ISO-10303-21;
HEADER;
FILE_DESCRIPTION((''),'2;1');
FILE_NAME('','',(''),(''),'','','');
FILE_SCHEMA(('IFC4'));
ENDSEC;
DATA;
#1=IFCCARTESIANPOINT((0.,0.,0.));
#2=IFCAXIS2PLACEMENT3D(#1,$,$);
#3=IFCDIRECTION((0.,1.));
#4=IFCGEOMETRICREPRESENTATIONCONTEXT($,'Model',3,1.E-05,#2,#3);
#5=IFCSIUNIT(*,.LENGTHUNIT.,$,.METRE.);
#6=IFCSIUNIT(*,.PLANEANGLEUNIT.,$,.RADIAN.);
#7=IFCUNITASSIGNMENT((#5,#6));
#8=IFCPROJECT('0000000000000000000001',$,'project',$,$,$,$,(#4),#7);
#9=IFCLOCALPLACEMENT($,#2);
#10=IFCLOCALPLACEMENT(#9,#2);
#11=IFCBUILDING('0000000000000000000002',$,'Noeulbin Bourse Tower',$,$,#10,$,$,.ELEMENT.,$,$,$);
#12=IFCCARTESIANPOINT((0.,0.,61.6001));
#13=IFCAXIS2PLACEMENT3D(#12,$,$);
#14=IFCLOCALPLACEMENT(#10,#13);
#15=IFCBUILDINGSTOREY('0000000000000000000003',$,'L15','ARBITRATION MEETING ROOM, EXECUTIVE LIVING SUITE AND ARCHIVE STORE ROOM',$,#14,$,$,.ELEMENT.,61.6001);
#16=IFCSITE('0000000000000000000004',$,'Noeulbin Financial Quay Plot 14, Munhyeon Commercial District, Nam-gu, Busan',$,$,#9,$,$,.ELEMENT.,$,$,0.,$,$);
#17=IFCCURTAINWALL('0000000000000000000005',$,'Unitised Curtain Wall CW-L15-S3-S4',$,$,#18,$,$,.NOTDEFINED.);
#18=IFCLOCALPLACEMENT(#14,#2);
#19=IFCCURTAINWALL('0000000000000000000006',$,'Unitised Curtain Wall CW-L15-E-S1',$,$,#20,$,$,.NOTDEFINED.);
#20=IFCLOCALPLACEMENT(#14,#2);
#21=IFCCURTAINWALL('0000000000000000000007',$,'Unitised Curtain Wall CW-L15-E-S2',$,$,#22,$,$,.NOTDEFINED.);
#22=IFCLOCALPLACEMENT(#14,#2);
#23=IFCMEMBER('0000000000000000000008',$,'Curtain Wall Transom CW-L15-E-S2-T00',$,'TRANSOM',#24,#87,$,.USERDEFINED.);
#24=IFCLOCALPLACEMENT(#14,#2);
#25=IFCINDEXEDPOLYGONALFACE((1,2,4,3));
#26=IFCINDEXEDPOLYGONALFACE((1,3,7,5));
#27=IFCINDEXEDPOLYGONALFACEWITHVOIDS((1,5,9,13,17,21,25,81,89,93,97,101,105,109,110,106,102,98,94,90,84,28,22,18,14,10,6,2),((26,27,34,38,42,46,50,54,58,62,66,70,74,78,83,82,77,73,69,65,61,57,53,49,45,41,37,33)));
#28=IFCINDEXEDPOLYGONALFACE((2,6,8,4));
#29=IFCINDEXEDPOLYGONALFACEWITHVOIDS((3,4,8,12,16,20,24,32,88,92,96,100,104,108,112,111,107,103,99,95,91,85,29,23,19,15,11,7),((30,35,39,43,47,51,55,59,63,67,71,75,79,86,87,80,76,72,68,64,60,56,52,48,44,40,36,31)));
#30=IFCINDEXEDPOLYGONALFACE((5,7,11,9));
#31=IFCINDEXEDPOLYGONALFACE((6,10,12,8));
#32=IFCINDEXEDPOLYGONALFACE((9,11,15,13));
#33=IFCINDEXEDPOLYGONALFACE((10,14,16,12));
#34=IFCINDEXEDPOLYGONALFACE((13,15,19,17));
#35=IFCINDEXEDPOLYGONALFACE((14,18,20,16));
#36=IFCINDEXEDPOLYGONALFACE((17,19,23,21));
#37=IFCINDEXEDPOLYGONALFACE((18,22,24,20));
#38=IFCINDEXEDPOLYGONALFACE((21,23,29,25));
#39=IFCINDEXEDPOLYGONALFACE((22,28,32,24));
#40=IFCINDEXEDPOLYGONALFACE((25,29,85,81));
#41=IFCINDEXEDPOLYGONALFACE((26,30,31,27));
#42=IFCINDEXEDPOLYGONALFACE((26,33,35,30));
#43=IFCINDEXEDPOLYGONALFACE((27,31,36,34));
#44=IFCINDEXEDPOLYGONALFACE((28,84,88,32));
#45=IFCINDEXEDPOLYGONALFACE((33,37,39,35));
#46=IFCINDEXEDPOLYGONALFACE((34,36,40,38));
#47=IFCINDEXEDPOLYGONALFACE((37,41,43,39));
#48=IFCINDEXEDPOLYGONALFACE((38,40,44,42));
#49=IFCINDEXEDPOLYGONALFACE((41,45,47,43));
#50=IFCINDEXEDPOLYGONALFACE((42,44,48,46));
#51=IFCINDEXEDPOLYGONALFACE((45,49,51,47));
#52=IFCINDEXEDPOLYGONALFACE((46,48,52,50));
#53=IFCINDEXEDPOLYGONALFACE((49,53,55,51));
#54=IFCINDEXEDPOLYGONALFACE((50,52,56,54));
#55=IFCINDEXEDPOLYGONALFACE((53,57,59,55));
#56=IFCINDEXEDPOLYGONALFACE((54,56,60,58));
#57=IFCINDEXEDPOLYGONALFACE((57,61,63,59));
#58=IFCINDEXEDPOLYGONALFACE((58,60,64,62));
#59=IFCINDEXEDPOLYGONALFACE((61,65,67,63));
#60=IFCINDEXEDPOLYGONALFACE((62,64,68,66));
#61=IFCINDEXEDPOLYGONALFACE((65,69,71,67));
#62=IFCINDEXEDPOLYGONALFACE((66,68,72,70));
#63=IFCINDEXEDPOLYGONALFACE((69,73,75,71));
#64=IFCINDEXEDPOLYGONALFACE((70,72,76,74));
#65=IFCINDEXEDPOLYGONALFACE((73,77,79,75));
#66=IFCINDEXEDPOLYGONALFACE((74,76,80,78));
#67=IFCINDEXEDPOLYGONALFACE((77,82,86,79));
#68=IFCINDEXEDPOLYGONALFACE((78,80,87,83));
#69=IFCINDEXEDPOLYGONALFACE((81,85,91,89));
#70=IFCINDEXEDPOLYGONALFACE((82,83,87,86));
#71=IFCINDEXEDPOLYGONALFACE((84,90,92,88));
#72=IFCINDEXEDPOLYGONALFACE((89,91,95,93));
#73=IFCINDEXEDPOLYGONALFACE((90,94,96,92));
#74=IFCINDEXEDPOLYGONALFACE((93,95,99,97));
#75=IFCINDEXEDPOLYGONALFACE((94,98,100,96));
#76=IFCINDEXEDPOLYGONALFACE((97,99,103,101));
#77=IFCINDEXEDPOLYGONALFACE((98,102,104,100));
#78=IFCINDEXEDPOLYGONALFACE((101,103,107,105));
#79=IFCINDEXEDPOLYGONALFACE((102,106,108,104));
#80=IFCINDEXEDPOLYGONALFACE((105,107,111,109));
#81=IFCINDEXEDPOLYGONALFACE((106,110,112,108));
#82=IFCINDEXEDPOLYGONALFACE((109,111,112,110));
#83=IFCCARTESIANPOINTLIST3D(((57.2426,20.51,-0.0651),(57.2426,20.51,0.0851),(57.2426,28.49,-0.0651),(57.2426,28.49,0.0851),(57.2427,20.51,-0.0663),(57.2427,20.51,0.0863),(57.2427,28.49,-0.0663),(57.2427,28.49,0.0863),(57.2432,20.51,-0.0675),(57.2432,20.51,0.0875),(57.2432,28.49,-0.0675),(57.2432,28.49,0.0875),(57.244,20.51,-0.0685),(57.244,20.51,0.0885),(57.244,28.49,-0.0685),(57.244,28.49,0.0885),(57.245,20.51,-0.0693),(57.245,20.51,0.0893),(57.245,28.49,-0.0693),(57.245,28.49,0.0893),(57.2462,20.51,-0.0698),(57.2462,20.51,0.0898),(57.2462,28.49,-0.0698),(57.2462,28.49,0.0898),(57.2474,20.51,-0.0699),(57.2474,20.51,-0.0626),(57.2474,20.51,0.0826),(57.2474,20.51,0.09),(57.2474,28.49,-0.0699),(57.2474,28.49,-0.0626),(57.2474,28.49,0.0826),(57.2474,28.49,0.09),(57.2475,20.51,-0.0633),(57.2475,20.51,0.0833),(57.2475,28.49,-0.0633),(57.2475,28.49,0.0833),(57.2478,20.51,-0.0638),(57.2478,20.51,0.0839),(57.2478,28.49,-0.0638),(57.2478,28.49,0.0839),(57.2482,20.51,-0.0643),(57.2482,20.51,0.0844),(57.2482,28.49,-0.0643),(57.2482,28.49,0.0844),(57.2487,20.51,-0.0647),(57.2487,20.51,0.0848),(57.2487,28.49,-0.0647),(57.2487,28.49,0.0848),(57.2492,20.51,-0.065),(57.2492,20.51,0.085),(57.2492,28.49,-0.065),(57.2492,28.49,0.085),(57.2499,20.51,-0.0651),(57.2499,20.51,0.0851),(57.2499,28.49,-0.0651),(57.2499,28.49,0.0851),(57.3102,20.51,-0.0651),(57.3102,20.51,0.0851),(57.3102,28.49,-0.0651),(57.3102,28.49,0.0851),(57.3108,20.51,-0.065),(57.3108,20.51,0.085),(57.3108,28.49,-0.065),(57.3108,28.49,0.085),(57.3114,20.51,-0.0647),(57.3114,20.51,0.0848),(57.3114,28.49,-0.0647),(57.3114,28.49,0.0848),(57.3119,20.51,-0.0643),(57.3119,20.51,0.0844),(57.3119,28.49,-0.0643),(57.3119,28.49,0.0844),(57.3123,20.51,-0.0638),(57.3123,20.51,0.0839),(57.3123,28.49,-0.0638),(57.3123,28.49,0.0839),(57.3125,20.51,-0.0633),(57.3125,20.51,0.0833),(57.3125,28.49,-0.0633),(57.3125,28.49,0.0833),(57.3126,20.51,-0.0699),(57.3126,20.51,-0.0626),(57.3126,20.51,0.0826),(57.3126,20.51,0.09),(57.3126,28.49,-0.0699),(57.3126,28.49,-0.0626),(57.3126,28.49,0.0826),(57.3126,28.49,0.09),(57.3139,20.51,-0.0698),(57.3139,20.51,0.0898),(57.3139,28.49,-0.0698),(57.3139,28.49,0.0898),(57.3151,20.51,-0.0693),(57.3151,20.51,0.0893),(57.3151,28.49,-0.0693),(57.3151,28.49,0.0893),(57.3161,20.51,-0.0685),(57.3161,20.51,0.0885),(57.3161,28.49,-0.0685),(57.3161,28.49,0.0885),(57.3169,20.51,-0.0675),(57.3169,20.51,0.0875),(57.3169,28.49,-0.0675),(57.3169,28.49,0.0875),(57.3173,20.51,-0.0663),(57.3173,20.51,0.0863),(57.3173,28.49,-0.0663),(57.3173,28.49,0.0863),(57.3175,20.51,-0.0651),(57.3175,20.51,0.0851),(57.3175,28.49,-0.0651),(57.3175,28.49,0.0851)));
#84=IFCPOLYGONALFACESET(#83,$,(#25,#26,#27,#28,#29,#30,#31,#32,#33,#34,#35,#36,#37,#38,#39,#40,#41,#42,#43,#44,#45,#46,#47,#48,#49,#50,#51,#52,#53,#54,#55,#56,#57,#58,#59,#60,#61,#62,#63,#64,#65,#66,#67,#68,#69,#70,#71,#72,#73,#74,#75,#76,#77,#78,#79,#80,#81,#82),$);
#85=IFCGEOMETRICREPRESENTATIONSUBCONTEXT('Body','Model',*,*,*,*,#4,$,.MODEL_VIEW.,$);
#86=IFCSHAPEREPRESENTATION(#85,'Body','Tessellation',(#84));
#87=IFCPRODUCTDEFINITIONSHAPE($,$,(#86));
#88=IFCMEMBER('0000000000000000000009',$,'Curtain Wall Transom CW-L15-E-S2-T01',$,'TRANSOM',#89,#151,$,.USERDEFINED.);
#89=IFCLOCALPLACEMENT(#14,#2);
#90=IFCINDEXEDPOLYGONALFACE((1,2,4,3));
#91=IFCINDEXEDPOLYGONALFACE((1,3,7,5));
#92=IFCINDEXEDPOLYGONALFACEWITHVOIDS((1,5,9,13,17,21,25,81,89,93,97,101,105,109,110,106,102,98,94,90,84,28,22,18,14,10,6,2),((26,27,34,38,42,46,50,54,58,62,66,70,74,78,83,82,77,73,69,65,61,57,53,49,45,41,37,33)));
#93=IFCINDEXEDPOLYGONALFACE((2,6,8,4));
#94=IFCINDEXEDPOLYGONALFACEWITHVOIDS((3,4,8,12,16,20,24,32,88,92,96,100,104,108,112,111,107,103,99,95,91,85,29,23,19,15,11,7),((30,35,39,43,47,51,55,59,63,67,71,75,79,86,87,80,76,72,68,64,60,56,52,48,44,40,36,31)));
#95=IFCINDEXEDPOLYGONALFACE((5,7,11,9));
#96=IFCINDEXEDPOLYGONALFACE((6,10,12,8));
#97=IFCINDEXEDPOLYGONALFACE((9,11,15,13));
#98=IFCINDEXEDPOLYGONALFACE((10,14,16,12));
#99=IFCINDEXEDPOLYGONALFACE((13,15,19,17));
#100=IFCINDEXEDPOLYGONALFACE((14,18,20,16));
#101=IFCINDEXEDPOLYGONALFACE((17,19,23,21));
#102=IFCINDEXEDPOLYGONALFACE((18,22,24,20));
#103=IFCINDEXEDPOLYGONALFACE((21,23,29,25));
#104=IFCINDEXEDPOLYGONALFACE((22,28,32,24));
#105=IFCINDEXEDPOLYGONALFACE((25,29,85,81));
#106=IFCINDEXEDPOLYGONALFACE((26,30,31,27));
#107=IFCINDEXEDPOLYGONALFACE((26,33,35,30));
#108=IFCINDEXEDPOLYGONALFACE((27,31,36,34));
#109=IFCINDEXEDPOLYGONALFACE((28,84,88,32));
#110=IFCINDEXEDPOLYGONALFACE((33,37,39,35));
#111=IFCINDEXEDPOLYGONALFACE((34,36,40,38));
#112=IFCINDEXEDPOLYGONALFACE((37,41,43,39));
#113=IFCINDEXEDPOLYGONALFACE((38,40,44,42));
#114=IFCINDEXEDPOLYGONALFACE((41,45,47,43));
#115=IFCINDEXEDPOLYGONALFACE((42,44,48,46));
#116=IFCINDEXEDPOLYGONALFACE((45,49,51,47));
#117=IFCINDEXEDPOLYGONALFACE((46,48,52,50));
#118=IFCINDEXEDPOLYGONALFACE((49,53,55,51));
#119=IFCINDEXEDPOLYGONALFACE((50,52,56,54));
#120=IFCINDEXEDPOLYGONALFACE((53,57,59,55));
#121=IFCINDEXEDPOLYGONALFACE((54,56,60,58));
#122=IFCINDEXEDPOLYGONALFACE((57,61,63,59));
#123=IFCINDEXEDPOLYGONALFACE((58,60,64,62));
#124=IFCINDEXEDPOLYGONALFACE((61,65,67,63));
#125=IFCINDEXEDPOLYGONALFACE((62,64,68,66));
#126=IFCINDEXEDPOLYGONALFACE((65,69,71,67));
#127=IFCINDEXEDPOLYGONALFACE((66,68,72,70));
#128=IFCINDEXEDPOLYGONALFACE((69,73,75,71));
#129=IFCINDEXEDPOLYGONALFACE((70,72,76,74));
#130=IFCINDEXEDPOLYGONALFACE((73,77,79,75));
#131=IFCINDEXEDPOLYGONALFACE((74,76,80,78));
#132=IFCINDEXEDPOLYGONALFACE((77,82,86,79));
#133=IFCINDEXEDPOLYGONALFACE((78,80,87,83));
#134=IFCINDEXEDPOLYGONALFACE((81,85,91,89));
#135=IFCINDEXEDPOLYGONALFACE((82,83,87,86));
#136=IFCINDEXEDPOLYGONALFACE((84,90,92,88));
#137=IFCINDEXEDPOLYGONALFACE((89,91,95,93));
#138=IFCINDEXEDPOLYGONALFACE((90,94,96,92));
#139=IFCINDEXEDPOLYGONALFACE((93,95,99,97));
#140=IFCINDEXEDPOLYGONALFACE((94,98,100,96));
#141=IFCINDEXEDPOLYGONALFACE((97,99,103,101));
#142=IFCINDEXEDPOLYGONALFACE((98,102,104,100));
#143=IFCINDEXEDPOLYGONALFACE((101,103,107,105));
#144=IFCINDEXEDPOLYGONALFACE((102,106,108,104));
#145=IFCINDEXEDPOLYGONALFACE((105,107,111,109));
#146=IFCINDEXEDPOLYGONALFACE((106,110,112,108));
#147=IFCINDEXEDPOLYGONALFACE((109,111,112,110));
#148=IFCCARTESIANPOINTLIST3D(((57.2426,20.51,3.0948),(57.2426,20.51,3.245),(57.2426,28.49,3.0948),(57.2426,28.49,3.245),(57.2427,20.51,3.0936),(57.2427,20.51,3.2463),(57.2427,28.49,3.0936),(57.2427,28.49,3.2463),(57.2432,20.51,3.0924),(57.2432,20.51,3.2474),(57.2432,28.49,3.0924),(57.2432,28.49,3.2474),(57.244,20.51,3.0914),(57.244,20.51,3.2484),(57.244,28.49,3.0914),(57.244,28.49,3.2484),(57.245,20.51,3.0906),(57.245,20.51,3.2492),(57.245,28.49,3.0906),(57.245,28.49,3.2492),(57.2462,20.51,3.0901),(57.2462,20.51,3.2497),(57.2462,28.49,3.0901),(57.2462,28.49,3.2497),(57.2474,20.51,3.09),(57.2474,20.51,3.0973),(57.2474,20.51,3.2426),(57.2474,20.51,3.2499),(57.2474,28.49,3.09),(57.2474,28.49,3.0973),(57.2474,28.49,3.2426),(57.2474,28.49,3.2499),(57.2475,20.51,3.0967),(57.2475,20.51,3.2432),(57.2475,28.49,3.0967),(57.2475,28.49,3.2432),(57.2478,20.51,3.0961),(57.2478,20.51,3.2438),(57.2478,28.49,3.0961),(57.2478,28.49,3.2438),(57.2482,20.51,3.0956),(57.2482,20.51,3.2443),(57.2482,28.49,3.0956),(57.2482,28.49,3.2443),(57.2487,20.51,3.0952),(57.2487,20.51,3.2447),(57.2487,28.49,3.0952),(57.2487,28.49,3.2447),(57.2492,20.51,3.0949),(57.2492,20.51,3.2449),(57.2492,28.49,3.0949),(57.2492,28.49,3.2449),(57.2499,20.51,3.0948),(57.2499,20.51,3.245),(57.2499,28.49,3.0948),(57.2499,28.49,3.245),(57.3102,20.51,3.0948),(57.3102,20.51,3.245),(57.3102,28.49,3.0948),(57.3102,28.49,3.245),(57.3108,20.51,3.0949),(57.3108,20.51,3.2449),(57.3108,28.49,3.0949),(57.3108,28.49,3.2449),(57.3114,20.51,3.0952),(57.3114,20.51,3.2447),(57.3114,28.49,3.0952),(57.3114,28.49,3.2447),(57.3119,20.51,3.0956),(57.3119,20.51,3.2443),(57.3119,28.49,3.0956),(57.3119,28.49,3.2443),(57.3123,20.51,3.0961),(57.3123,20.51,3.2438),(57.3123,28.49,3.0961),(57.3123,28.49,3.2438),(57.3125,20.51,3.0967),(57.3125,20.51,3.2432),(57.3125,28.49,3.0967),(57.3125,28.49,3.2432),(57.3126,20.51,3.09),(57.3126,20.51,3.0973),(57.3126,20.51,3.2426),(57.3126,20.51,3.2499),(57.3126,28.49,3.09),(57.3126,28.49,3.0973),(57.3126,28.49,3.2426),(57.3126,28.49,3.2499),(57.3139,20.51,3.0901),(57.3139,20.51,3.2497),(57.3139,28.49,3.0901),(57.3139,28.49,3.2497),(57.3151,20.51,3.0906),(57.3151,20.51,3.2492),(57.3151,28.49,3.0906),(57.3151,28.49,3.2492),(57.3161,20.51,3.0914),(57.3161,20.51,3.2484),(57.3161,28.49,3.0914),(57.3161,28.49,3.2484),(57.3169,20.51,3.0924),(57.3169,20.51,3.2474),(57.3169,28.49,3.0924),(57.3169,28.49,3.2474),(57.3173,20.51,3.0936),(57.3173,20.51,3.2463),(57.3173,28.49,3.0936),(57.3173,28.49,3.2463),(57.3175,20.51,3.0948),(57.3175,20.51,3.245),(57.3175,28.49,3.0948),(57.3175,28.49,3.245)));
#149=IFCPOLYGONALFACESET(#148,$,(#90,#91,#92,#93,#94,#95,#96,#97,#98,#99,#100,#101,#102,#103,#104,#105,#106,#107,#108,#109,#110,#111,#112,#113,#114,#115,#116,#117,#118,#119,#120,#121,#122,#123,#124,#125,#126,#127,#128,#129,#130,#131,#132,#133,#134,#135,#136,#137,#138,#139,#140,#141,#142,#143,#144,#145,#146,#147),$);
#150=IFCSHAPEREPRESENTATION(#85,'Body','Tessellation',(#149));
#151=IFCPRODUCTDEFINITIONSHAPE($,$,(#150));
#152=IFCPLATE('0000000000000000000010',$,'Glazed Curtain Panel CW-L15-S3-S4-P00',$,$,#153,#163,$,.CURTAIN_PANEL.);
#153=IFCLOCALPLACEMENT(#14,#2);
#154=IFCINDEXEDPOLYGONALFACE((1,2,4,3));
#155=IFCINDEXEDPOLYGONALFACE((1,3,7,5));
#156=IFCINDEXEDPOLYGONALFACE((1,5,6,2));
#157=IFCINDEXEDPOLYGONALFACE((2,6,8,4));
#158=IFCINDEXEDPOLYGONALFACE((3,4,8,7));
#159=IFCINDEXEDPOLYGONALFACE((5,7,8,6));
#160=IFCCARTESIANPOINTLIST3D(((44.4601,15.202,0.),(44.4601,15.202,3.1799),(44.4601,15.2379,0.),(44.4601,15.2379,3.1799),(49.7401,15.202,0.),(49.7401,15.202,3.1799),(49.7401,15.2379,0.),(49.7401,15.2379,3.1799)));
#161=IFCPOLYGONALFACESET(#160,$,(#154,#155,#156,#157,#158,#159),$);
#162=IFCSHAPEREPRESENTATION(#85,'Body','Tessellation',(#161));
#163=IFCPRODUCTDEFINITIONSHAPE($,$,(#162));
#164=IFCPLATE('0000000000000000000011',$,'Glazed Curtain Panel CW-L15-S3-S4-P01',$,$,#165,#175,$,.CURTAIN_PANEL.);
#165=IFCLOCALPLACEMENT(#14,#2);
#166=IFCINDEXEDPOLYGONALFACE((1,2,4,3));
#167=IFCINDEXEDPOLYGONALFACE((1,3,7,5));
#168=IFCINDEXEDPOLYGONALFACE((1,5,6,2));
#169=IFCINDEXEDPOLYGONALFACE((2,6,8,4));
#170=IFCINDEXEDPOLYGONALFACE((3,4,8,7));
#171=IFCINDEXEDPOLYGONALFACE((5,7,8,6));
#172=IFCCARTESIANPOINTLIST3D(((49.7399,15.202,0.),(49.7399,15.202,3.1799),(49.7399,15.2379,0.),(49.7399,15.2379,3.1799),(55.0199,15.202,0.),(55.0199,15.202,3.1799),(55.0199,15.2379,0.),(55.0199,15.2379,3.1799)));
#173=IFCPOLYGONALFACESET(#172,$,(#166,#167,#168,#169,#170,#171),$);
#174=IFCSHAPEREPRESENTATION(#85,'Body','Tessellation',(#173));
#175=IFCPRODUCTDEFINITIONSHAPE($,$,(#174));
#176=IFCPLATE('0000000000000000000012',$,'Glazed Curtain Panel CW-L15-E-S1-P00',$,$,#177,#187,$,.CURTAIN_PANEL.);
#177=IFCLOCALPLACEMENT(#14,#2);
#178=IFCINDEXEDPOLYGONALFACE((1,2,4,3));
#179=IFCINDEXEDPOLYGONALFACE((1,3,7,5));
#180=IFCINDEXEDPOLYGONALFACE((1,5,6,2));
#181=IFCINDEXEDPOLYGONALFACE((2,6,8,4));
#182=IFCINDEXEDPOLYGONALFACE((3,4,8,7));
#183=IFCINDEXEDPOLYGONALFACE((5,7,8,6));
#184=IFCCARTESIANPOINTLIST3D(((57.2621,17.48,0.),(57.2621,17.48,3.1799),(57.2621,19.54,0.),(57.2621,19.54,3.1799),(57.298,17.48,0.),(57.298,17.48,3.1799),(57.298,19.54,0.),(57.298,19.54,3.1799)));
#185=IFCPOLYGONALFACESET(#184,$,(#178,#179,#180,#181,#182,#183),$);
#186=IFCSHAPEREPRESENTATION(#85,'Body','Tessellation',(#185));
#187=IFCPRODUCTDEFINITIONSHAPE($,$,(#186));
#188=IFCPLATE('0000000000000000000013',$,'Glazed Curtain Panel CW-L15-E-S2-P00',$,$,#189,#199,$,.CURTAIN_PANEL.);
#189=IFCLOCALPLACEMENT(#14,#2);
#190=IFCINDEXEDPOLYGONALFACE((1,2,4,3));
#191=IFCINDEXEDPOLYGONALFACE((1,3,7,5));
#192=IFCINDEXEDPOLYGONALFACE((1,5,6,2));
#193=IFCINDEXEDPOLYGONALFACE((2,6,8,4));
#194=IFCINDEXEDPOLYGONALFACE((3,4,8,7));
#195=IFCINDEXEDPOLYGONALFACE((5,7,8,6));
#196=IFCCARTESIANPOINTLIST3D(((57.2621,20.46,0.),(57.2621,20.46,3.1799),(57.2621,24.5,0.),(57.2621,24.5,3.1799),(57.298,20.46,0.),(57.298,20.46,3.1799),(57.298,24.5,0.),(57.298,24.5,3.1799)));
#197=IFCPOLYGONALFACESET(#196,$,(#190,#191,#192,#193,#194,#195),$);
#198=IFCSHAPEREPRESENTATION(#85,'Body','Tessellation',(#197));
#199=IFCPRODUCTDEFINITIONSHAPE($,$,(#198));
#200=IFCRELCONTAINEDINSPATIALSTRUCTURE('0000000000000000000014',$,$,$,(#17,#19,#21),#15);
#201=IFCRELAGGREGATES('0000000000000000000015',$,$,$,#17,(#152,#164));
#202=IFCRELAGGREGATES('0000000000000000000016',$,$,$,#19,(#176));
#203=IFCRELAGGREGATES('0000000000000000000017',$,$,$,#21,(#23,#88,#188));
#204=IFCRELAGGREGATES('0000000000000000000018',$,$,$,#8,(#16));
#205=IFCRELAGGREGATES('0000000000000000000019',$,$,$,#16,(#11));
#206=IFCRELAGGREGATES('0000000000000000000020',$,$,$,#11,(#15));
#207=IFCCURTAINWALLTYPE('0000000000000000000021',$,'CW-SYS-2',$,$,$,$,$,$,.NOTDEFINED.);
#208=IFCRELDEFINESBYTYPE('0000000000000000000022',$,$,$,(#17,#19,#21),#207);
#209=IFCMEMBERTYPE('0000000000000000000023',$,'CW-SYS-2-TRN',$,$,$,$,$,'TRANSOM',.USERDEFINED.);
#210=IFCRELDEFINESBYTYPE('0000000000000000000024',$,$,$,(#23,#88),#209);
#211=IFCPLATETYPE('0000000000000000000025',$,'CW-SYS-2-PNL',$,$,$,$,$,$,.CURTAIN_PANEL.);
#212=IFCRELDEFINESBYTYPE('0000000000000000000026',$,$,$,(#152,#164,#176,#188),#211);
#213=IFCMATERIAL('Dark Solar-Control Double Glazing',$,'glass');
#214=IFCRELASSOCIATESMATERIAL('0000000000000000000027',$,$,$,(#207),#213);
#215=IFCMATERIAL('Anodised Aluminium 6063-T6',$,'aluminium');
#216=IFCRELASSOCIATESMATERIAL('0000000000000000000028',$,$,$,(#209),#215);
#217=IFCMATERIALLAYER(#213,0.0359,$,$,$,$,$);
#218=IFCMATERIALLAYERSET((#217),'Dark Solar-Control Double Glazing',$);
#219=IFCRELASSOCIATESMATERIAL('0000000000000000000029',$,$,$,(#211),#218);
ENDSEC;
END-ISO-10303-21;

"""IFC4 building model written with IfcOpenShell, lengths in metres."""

from ifc_helpers import new_model, si_unit, direction, frame, origin, origin_2d, place, context, subcontext, project, spatial, rectangle, hollow_rectangle, extrude, material, layer, layer_set, material_profile, profile_set, type_object, element, aggregate, save


model = new_model("IFC4")

# Units and contexts
model_context = context("Model", 3, precision=1e-05, world=origin(), true_north=direction((0.0, 1.0)))
body_context = subcontext(model_context, "Body", "Model", "MODEL_VIEW")
ifc_project = project(units=[si_unit("LENGTHUNIT", "METRE"), si_unit("PLANEANGLEUNIT", "RADIAN")], contexts=[model_context])

# Site, building, storey
site_placement = place(None, origin())
site = spatial("IfcSite", under=ifc_project, at=site_placement, Name="Noeulbin Financial Quay Plot 14, Munhyeon Commercial District, Nam-gu, Busan", CompositionType="ELEMENT", RefElevation=0.0)
building_placement = place(site_placement, origin())
building = spatial("IfcBuilding", under=site, at=building_placement, Name="Noeulbin Bourse Tower", CompositionType="ELEMENT")
storey_placement = place(building_placement, frame((0.0, 0.0, 61.6001)))
storey = spatial("IfcBuildingStorey", under=building, at=storey_placement, Name="L15", Description="ARBITRATION MEETING ROOM, EXECUTIVE LIVING SUITE AND ARCHIVE STORE ROOM", CompositionType="ELEMENT", Elevation=61.6001)

# Curtain walls
ifc_material_1 = material(Name="Dark Solar-Control Double Glazing", Category="glass")
curtain_wall_type = type_object("IfcCurtainWallType", Name="CW-SYS-2", PredefinedType="NOTDEFINED", material=ifc_material_1)
curtain_wall_1_placement = place(storey_placement, origin())
curtain_wall_1 = element("IfcCurtainWall", 1, at=curtain_wall_1_placement, inside=storey, type_object=curtain_wall_type, Name="Unitised Curtain Wall CW-L15-S3-S4", PredefinedType="NOTDEFINED")
ifc_material_2 = material(Name="Anodised Aluminium 6063-T6", Category="aluminium")
curtain_wall_2_placement = place(storey_placement, origin())
curtain_wall_2 = element("IfcCurtainWall", 2, at=curtain_wall_2_placement, inside=storey, type_object=curtain_wall_type, Name="Unitised Curtain Wall CW-L15-E-S1", PredefinedType="NOTDEFINED")
curtain_wall_3_placement = place(storey_placement, origin())
curtain_wall_3 = element("IfcCurtainWall", 3, at=curtain_wall_3_placement, inside=storey, type_object=curtain_wall_type, Name="Unitised Curtain Wall CW-L15-E-S2", PredefinedType="NOTDEFINED")

# Members
ifc_material_profile_1 = material_profile(ifc_material_2, hollow_rectangle(XDim=0.075, YDim=0.1599, WallThickness=0.0049, InnerFilletRadius=0.0024, OuterFilletRadius=0.0049, at=origin_2d()), Name="ALU-TRAN-75x160x5", Category="LoadBearing")
ifc_profile_set_1 = profile_set([ifc_material_profile_1], Name="Anodised Aluminium 6063-T6")
member_type_1 = type_object("IfcMemberType", Name="CW-SYS-2-TRN", ElementType="TRANSOM", PredefinedType="USERDEFINED", material=ifc_profile_set_1)
member_1_placement = place(storey_placement, frame((57.28, 20.51, 0.01), z_axis=(0.0, 1.0, 0.0), x_axis=(-1.0, 0.0, 0.0)))
member_1 = element("IfcMember", 4, at=member_1_placement, type_object=member_type_1, Name="Curtain Wall Transom CW-L15-E-S2-T00", ObjectType="TRANSOM", PredefinedType="USERDEFINED", context=body_context, shape_type="SweptSolid", body=[
    extrude(hollow_rectangle(XDim=0.075, YDim=0.1599, WallThickness=0.0049, InnerFilletRadius=0.0024, OuterFilletRadius=0.0049, at=origin_2d()), origin(), (0.0, 0.0, 1.0), 7.98),
])
member_2_placement = place(storey_placement, frame((57.28, 20.51, 3.1699), z_axis=(0.0, 1.0, 0.0), x_axis=(-1.0, 0.0, 0.0)))
member_2 = element("IfcMember", 5, at=member_2_placement, type_object=member_type_1, Name="Curtain Wall Transom CW-L15-E-S2-T01", ObjectType="TRANSOM", PredefinedType="USERDEFINED", context=body_context, shape_type="SweptSolid", body=[
    extrude(hollow_rectangle(XDim=0.075, YDim=0.1599, WallThickness=0.0049, InnerFilletRadius=0.0024, OuterFilletRadius=0.0049, at=origin_2d()), origin(), (0.0, 0.0, 1.0), 7.98),
])

# Plates
ifc_layer_1 = layer(ifc_material_1, 0.0359)
ifc_layer_set_1 = layer_set([ifc_layer_1], Name="Dark Solar-Control Double Glazing")
plate_type_1 = type_object("IfcPlateType", Name="CW-SYS-2-PNL", PredefinedType="CURTAIN_PANEL", material=ifc_layer_set_1)
plate_1_placement = place(storey_placement, frame((47.1001, 15.22, 0.0), z_axis=(0.0, 0.0, 1.0), x_axis=(1.0, 0.0, 0.0)))
plate_1 = element("IfcPlate", 6, at=plate_1_placement, type_object=plate_type_1, Name="Glazed Curtain Panel CW-L15-S3-S4-P00", PredefinedType="CURTAIN_PANEL", context=body_context, shape_type="SweptSolid", body=[
    extrude(rectangle(XDim=5.28, YDim=0.0359, at=origin_2d()), origin(), (0.0, 0.0, 1.0), 3.1799),
])
plate_2_placement = place(storey_placement, frame((52.3799, 15.22, 0.0), z_axis=(0.0, 0.0, 1.0), x_axis=(1.0, 0.0, 0.0)))
plate_2 = element("IfcPlate", 7, at=plate_2_placement, type_object=plate_type_1, Name="Glazed Curtain Panel CW-L15-S3-S4-P01", PredefinedType="CURTAIN_PANEL", context=body_context, shape_type="SweptSolid", body=[
    extrude(rectangle(XDim=5.28, YDim=0.0359, at=origin_2d()), origin(), (0.0, 0.0, 1.0), 3.1799),
])
aggregate(curtain_wall_1, [plate_1, plate_2])
plate_3_placement = place(storey_placement, frame((57.28, 18.51, 0.0), z_axis=(0.0, 0.0, 1.0), x_axis=(0.0, 1.0, 0.0)))
plate_3 = element("IfcPlate", 8, at=plate_3_placement, type_object=plate_type_1, Name="Glazed Curtain Panel CW-L15-E-S1-P00", PredefinedType="CURTAIN_PANEL", context=body_context, shape_type="SweptSolid", body=[
    extrude(rectangle(XDim=2.0601, YDim=0.0359, at=origin_2d()), origin(), (0.0, 0.0, 1.0), 3.1799),
])
aggregate(curtain_wall_2, [plate_3])
plate_4_placement = place(storey_placement, frame((57.28, 22.48, 0.0), z_axis=(0.0, 0.0, 1.0), x_axis=(0.0, 1.0, 0.0)))
plate_4 = element("IfcPlate", 9, at=plate_4_placement, type_object=plate_type_1, Name="Glazed Curtain Panel CW-L15-E-S2-P00", PredefinedType="CURTAIN_PANEL", context=body_context, shape_type="SweptSolid", body=[
    extrude(rectangle(XDim=4.04, YDim=0.0359, at=origin_2d()), origin(), (0.0, 0.0, 1.0), 3.1799),
])
aggregate(curtain_wall_3, [member_1, member_2, plate_4])

save(model, "model.ifc")
